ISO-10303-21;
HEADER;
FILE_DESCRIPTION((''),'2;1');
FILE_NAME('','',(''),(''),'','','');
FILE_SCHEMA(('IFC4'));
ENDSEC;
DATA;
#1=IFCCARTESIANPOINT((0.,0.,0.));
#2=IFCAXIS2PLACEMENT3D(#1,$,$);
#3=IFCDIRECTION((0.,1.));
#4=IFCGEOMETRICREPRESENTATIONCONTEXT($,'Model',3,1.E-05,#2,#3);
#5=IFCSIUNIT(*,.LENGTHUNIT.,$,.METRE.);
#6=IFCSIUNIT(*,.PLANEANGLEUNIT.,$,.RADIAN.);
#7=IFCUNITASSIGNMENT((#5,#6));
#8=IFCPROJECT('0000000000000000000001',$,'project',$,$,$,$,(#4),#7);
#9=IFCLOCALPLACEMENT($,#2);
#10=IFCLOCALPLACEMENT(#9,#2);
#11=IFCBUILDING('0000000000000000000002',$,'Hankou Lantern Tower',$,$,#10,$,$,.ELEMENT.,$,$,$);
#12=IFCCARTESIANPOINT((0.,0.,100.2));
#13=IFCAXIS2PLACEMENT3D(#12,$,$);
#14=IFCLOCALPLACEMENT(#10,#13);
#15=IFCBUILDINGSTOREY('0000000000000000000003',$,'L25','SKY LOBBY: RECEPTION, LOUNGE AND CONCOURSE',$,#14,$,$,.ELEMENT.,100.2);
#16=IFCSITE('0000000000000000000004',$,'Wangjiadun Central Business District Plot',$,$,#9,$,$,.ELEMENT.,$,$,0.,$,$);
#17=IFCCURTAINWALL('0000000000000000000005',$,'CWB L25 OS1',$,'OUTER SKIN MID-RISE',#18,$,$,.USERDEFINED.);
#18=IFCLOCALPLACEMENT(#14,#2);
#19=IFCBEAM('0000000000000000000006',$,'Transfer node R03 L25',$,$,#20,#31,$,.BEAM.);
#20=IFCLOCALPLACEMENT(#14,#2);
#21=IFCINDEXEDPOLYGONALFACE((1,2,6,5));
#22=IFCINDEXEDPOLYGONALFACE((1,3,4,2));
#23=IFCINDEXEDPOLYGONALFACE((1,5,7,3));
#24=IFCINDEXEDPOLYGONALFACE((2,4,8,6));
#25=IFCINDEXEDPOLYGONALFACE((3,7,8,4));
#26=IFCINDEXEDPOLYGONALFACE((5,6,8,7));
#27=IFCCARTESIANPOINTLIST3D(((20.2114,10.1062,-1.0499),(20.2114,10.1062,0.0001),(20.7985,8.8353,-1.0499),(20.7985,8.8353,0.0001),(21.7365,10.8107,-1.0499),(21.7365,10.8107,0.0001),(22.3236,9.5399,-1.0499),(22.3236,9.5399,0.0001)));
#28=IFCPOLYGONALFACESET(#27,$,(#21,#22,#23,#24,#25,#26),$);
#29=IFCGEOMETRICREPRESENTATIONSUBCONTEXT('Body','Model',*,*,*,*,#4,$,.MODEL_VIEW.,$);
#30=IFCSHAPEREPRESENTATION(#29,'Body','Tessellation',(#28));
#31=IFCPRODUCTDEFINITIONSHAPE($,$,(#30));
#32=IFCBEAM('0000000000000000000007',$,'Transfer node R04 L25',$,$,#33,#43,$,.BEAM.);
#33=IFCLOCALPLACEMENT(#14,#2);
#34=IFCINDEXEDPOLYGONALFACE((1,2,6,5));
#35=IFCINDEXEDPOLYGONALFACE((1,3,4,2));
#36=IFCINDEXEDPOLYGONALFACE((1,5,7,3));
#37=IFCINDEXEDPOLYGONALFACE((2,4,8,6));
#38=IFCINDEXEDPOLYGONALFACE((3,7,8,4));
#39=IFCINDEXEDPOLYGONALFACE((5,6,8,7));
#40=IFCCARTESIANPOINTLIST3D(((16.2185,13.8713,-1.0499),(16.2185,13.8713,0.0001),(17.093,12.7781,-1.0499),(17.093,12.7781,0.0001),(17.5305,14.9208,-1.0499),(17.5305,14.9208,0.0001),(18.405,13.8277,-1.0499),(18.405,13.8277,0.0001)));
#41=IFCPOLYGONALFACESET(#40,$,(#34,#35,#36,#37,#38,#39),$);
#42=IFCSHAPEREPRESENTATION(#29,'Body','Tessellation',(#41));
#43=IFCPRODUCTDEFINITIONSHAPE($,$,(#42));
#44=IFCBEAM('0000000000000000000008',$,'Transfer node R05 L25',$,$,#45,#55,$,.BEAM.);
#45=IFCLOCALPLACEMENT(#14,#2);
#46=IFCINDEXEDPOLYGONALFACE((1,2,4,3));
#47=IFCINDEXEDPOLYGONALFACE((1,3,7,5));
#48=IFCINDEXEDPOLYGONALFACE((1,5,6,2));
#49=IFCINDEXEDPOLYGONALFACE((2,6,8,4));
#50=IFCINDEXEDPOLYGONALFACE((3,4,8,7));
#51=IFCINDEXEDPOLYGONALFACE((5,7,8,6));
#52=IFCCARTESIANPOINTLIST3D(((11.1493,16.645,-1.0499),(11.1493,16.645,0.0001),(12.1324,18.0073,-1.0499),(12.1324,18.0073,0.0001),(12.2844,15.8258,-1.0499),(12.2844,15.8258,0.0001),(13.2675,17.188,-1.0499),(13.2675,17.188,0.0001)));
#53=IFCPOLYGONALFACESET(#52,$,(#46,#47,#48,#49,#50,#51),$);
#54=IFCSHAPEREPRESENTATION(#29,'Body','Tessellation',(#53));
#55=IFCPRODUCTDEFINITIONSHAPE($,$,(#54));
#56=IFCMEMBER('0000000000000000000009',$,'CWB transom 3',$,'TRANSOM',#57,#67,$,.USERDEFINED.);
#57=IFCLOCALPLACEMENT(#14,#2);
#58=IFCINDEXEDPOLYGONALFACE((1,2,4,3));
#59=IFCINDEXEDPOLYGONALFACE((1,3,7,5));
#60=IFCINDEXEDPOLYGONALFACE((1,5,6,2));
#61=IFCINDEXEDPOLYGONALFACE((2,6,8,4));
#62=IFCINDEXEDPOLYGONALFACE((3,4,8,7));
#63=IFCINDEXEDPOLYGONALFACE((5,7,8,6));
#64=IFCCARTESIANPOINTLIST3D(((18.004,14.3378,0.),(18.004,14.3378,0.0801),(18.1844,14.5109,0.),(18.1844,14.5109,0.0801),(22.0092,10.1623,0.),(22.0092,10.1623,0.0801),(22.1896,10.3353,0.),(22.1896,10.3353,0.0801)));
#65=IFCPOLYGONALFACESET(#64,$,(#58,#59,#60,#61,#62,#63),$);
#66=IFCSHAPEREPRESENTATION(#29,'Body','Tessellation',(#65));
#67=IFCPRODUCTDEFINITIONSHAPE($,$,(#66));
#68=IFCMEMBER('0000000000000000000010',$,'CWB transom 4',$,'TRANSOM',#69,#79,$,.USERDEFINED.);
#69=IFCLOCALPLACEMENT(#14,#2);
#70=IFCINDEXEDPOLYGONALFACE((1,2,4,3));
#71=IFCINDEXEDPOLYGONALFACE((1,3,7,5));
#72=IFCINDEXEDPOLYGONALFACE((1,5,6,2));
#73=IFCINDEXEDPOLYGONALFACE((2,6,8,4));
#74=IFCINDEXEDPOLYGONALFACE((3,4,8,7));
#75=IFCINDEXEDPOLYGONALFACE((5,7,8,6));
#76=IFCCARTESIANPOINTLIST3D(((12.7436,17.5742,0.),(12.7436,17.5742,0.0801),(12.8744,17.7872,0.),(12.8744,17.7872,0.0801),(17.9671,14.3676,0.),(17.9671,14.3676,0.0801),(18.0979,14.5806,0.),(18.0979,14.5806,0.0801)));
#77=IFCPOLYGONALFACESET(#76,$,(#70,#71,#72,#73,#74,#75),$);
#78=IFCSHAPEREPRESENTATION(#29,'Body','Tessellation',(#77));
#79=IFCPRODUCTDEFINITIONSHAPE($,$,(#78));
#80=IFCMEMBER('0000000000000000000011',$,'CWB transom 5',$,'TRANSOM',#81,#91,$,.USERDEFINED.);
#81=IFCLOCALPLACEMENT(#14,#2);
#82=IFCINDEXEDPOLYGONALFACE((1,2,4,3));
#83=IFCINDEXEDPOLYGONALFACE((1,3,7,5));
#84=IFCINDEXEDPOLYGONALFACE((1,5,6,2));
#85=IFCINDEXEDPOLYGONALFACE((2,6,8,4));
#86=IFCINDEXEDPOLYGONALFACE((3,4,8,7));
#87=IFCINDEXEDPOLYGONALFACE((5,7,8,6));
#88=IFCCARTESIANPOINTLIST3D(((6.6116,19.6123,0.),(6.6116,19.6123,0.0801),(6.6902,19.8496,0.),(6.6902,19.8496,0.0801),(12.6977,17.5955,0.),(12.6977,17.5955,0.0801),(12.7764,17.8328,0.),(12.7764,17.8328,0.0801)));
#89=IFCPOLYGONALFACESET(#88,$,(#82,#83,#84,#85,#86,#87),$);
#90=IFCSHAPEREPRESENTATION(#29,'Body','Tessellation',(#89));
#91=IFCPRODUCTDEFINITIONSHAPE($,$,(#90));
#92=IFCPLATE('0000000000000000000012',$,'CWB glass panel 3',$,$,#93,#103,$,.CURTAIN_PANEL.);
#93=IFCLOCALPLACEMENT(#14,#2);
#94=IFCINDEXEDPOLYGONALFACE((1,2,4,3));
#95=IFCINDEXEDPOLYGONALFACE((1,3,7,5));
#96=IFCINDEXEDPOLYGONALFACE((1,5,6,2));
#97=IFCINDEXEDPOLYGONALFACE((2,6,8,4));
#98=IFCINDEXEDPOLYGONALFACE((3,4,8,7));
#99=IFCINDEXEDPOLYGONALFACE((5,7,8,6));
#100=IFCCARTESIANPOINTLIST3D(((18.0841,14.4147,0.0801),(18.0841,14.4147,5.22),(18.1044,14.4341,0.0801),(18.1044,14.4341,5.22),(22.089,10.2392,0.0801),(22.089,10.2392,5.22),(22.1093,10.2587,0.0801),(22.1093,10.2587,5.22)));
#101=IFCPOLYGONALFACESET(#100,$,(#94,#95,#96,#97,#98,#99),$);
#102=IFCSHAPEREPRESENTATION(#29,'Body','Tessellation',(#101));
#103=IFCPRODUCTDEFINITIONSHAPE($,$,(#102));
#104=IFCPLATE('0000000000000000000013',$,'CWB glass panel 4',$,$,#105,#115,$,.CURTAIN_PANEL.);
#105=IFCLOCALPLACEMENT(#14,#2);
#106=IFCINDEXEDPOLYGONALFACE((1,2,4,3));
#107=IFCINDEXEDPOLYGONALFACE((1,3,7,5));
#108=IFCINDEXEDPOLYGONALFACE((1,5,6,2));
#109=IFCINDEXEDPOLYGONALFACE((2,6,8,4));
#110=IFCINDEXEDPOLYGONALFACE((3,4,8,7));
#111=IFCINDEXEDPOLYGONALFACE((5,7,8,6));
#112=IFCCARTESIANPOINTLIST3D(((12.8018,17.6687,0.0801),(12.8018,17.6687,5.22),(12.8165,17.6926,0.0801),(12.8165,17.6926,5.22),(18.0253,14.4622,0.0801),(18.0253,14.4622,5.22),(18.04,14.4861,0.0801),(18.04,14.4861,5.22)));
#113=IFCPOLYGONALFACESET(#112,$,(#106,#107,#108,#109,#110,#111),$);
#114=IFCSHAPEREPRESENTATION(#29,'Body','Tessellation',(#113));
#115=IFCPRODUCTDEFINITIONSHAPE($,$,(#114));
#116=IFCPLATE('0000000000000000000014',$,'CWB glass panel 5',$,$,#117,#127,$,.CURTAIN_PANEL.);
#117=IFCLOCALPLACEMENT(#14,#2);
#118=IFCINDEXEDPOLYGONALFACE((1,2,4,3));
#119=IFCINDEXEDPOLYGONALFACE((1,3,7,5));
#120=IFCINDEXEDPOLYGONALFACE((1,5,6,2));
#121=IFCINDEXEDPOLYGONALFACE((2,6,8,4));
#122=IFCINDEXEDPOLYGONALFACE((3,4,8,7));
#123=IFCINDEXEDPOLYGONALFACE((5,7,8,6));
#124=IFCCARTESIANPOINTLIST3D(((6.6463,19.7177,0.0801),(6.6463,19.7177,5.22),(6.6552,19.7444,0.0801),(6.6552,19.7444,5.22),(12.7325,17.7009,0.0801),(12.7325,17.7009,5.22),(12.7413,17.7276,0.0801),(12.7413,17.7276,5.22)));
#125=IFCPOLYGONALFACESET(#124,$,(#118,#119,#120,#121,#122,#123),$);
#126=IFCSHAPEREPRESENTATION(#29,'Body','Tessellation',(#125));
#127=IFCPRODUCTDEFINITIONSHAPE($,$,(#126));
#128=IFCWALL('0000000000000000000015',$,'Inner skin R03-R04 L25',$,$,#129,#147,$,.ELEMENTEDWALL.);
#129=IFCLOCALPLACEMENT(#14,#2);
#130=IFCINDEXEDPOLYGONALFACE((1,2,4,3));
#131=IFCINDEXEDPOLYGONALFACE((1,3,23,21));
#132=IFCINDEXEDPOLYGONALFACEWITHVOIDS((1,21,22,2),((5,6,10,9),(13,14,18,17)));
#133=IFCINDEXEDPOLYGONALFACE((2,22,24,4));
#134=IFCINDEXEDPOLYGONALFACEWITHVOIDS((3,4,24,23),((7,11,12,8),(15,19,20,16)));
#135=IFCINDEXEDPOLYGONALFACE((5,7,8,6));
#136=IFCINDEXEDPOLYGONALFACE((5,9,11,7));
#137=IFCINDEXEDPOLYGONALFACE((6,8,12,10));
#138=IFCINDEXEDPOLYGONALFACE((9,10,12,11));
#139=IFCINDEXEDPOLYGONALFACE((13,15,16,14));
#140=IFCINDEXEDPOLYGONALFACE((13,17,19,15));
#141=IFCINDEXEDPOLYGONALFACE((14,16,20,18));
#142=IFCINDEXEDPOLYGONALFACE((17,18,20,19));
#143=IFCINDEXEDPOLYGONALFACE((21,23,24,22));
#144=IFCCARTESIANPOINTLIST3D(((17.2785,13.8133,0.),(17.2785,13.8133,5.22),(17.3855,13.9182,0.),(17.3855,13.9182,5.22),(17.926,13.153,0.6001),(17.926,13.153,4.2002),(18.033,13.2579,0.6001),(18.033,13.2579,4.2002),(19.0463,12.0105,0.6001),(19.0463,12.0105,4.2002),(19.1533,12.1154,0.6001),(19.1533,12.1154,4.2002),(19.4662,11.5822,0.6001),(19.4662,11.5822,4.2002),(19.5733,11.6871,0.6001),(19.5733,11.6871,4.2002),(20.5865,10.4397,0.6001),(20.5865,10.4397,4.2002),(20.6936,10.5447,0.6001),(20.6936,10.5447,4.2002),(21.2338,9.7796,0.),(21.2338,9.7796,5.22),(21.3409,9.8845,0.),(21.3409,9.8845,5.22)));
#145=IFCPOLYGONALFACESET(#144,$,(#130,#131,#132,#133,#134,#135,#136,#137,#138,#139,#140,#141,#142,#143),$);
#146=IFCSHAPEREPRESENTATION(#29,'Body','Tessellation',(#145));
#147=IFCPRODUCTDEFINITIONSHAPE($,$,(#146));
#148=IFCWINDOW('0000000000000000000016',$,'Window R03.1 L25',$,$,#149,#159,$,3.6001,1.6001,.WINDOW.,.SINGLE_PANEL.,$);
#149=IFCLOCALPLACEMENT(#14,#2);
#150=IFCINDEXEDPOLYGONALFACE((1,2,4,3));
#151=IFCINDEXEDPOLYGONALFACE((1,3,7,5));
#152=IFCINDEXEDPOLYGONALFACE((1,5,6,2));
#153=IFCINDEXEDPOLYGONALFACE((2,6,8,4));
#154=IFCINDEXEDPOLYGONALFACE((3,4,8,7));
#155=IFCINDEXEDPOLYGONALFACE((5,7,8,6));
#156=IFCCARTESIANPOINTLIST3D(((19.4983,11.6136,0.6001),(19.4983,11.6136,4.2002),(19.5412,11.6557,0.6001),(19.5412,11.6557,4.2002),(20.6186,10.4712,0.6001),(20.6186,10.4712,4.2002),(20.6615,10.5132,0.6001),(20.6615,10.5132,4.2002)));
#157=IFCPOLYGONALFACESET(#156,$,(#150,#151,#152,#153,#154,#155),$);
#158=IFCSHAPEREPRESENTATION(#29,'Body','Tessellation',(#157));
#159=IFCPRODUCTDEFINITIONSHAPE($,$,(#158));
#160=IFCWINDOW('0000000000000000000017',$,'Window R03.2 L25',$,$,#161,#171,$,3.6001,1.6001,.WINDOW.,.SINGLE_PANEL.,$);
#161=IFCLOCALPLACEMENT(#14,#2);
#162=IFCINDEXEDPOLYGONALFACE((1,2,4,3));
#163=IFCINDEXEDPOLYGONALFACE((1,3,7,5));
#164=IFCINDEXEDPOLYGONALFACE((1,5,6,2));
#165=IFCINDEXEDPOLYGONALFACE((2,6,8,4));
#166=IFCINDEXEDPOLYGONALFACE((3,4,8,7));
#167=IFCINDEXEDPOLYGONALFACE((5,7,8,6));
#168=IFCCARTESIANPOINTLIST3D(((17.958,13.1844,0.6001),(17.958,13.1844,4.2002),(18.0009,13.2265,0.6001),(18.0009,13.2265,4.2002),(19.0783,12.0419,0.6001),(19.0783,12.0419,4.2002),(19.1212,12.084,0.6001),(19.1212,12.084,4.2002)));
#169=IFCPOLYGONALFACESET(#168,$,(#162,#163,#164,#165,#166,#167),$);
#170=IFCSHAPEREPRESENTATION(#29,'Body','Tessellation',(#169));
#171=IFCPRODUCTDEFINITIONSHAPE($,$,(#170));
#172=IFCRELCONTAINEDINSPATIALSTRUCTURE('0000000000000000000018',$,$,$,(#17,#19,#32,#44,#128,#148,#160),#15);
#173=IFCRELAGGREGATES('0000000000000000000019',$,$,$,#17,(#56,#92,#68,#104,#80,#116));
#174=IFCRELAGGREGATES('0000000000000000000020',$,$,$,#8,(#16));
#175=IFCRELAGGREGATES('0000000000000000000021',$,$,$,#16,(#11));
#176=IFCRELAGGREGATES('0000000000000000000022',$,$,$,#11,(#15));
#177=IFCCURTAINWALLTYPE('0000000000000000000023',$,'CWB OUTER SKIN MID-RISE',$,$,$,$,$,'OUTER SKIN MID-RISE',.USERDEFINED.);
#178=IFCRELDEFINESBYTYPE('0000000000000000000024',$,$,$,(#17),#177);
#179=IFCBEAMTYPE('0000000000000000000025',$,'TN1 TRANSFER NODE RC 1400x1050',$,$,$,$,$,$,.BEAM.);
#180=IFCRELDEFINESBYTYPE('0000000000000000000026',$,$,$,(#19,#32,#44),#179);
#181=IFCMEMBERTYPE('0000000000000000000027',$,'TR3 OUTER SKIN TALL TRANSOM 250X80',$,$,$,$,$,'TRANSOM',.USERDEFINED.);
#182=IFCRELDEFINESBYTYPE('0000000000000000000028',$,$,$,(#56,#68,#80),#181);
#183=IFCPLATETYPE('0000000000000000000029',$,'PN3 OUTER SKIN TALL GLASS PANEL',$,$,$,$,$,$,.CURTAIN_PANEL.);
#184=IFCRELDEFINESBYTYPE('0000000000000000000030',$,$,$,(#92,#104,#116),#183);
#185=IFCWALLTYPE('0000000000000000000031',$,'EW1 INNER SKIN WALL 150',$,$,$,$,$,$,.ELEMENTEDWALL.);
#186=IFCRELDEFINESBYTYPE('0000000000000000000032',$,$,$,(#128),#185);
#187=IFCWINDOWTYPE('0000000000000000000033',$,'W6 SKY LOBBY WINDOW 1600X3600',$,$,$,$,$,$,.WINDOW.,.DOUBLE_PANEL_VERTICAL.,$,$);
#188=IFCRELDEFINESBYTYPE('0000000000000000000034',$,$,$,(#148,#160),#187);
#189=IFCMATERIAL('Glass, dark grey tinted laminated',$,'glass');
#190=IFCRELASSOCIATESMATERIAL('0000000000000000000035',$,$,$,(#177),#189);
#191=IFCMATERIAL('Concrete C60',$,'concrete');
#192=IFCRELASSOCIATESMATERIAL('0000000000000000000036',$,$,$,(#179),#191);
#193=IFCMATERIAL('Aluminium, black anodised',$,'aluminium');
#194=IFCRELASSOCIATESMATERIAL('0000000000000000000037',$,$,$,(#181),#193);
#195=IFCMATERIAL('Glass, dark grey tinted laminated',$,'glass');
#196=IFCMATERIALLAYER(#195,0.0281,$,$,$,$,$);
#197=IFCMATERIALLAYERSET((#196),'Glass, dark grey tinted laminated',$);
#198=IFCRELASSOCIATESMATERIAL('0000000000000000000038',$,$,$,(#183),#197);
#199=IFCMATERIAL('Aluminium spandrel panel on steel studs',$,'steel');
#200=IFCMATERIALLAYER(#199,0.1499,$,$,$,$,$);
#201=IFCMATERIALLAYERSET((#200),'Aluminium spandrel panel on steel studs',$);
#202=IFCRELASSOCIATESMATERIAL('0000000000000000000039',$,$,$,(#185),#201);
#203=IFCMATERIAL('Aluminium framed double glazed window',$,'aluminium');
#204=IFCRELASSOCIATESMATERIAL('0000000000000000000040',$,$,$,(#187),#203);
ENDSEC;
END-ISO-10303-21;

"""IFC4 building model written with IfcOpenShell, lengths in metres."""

from ifc_helpers import new_model, si_unit, direction, frame, frame_2d, origin, origin_2d, place, context, subcontext, project, spatial, rectangle, extrude, material, layer, layer_set, material_profile, profile_set, type_object, element, fill, aggregate, save


model = new_model("IFC4")

# Units and contexts
model_context = context("Model", 3, precision=1e-05, world=origin(), true_north=direction((0.0, 1.0)))
body_context = subcontext(model_context, "Body", "Model", "MODEL_VIEW")
ifc_project = project(units=[si_unit("LENGTHUNIT", "METRE"), si_unit("PLANEANGLEUNIT", "RADIAN")], contexts=[model_context])

# Site, building, storey
site_placement = place(None, origin())
site = spatial("IfcSite", under=ifc_project, at=site_placement, Name="Wangjiadun Central Business District Plot", CompositionType="ELEMENT", RefElevation=0.0)
building_placement = place(site_placement, origin())
building = spatial("IfcBuilding", under=site, at=building_placement, Name="Hankou Lantern Tower", CompositionType="ELEMENT")
storey_placement = place(building_placement, frame((0.0, 0.0, 100.2)))
storey = spatial("IfcBuildingStorey", under=building, at=storey_placement, Name="L25", Description="SKY LOBBY: RECEPTION, LOUNGE AND CONCOURSE", CompositionType="ELEMENT", Elevation=100.2)

# Curtain wall
ifc_material_1 = material(Name="Glass, dark grey tinted laminated", Category="glass")
curtain_wall_type = type_object("IfcCurtainWallType", Name="CWB OUTER SKIN MID-RISE", ElementType="OUTER SKIN MID-RISE", PredefinedType="USERDEFINED", material=ifc_material_1)
curtain_wall_placement = place(storey_placement, origin())
curtain_wall = element("IfcCurtainWall", 1, at=curtain_wall_placement, inside=storey, type_object=curtain_wall_type, Name="CWB L25 OS1", ObjectType="OUTER SKIN MID-RISE", PredefinedType="USERDEFINED")

# Beams
ifc_material_2 = material(Name="Concrete C60", Category="concrete")
ifc_material_profile_1 = material_profile(ifc_material_2, rectangle(XDim=1.3999, YDim=1.05, at=origin_2d()), Name="RC 1400x1050")
ifc_profile_set_1 = profile_set([ifc_material_profile_1], Name="Concrete C60")
beam_type_1 = type_object("IfcBeamType", Name="TN1 TRANSFER NODE RC 1400x1050", PredefinedType="BEAM", material=ifc_profile_set_1)
beam_1_placement = place(storey_placement, frame((22.03, 10.1753, -0.5249), z_axis=(-0.907806, -0.41939, 0.0), x_axis=(0.41939, -0.907806, 0.0)))
element("IfcBeam", 2, at=beam_1_placement, inside=storey, type_object=beam_type_1, Name="Transfer node R03 L25", PredefinedType="BEAM", context=body_context, shape_type="SweptSolid", body=[
    extrude(rectangle(XDim=1.3999, YDim=1.05, at=origin_2d()), origin(), (0.0, 0.0, 1.0), 1.6799),
])
beam_2_placement = place(storey_placement, frame((17.9678, 14.3743, -0.5249), z_axis=(-0.780883, -0.624677, 0.0), x_axis=(0.624677, -0.780883, 0.0)))
element("IfcBeam", 3, at=beam_2_placement, inside=storey, type_object=beam_type_1, Name="Transfer node R04 L25", PredefinedType="BEAM", context=body_context, shape_type="SweptSolid", body=[
    extrude(rectangle(XDim=1.3999, YDim=1.05, at=origin_2d()), origin(), (0.0, 0.0, 1.0), 1.6802),
])
beam_3_placement = place(storey_placement, frame((12.7, 17.5977, -0.5249), z_axis=(-0.585204, -0.810886, 0.0), x_axis=(0.810886, -0.585204, 0.0)))
element("IfcBeam", 4, at=beam_3_placement, inside=storey, type_object=beam_type_1, Name="Transfer node R05 L25", PredefinedType="BEAM", context=body_context, shape_type="SweptSolid", body=[
    extrude(rectangle(XDim=1.3999, YDim=1.05, at=origin_2d()), origin(), (0.0, 0.0, 1.0), 1.6799),
])

# Members
ifc_material_3 = material(Name="Aluminium, black anodised", Category="aluminium")
ifc_material_profile_2 = material_profile(ifc_material_3, rectangle(XDim=0.25, YDim=0.0801, at=origin_2d()), Name="TR3 250X80")
ifc_profile_set_2 = profile_set([ifc_material_profile_2], Name="Aluminium, black anodised")
member_type_1 = type_object("IfcMemberType", Name="TR3 OUTER SKIN TALL TRANSOM 250X80", ElementType="TRANSOM", PredefinedType="USERDEFINED", material=ifc_profile_set_2)
member_1_placement = place(storey_placement, frame((22.0994, 10.2488, 0.04), z_axis=(-0.692227, 0.72168, 0.0), x_axis=(-0.72168, -0.692227, 0.0)))
member_1 = element("IfcMember", 5, at=member_1_placement, type_object=member_type_1, Name="CWB transom 3", ObjectType="TRANSOM", PredefinedType="USERDEFINED", context=body_context, shape_type="SweptSolid", body=[
    extrude(rectangle(XDim=0.25, YDim=0.0801, at=origin_2d()), origin(), (0.0, 0.0, 1.0), 5.7859),
])
member_2_placement = place(storey_placement, frame((18.0325, 14.4741, 0.04), z_axis=(-0.852229, 0.523168, 0.0), x_axis=(-0.523168, -0.852229, 0.0)))
member_2 = element("IfcMember", 6, at=member_2_placement, type_object=member_type_1, Name="CWB transom 4", ObjectType="TRANSOM", PredefinedType="USERDEFINED", context=body_context, shape_type="SweptSolid", body=[
    extrude(rectangle(XDim=0.25, YDim=0.0801, at=origin_2d()), origin(), (0.0, 0.0, 1.0), 6.1292),
])
member_3_placement = place(storey_placement, frame((12.7371, 17.7141, 0.04), z_axis=(-0.949238, 0.314559, 0.0), x_axis=(-0.314559, -0.949238, 0.0)))
member_3 = element("IfcMember", 7, at=member_3_placement, type_object=member_type_1, Name="CWB transom 5", ObjectType="TRANSOM", PredefinedType="USERDEFINED", context=body_context, shape_type="SweptSolid", body=[
    extrude(rectangle(XDim=0.25, YDim=0.0801, at=origin_2d()), origin(), (0.0, 0.0, 1.0), 6.4116),
])

# Plates
ifc_material_4 = material(Name="Glass, dark grey tinted laminated", Category="glass")
ifc_layer_1 = layer(ifc_material_4, 0.0281)
ifc_layer_set_1 = layer_set([ifc_layer_1], Name="Glass, dark grey tinted laminated")
plate_type = type_object("IfcPlateType", Name="PN3 OUTER SKIN TALL GLASS PANEL", PredefinedType="CURTAIN_PANEL", material=ifc_layer_set_1)
plate_1_placement = place(storey_placement, frame((20.0967, 12.3367, 0.0801), z_axis=(0.0, 0.0, 1.0), x_axis=(-0.692216, 0.721691, 0.0)))
plate_1 = element("IfcPlate", 8, at=plate_1_placement, type_object=plate_type, Name="CWB glass panel 3", PredefinedType="CURTAIN_PANEL", context=body_context, shape_type="SweptSolid", body=[
    extrude(rectangle(XDim=5.7856, YDim=0.0281, at=origin_2d()), origin(), (0.0, 0.0, 1.0), 5.1399),
])
plate_2_placement = place(storey_placement, frame((15.4209, 16.0774, 0.0801), z_axis=(0.0, 0.0, 1.0), x_axis=(-0.852237, 0.523156, 0.0)))
plate_2 = element("IfcPlate", 9, at=plate_2_placement, type_object=plate_type, Name="CWB glass panel 4", PredefinedType="CURTAIN_PANEL", context=body_context, shape_type="SweptSolid", body=[
    extrude(rectangle(XDim=6.1292, YDim=0.0281, at=origin_2d()), origin(), (0.0, 0.0, 1.0), 5.1399),
])
plate_3_placement = place(storey_placement, frame((9.6938, 18.7227, 0.0801), z_axis=(0.0, 0.0, 1.0), x_axis=(-0.949241, 0.314551, 0.0)))
plate_3 = element("IfcPlate", 10, at=plate_3_placement, type_object=plate_type, Name="CWB glass panel 5", PredefinedType="CURTAIN_PANEL", context=body_context, shape_type="SweptSolid", body=[
    extrude(rectangle(XDim=6.4116, YDim=0.0281, at=origin_2d()), origin(), (0.0, 0.0, 1.0), 5.1399),
])
aggregate(curtain_wall, [member_1, plate_1, member_2, plate_2, member_3, plate_3])

# Wall, openings, windows
ifc_material_5 = material(Name="Aluminium spandrel panel on steel studs", Category="steel")
ifc_layer_2 = layer(ifc_material_5, 0.1499)
ifc_layer_set_2 = layer_set([ifc_layer_2], Name="Aluminium spandrel panel on steel studs")
wall_type_1 = type_object("IfcWallType", Name="EW1 INNER SKIN WALL 150", PredefinedType="ELEMENTEDWALL", material=ifc_layer_set_2)
wall_1_placement = place(storey_placement, frame((21.2874, 9.832, 0.0), z_axis=(0.0, 0.0, 1.0), x_axis=(-0.700137, 0.714009, 0.0)))
wall_1 = element("IfcWall", 11, at=wall_1_placement, inside=storey, type_object=wall_type_1, Name="Inner skin R03-R04 L25", PredefinedType="ELEMENTEDWALL", context=body_context, shape_type="SweptSolid", body=[
    extrude(rectangle(XDim=5.6494, YDim=0.1499, at=frame_2d((2.8247, 0.0))), origin(), (0.0, 0.0, 1.0), 5.22),
])
opening_1_placement = place(wall_1_placement, frame((0.9246, 0.0, 0.6001)))
opening_1 = element("IfcOpeningElement", 12, at=opening_1_placement, cuts=wall_1, PredefinedType="OPENING", context=body_context, shape_type="SweptSolid", body=[
    extrude(rectangle(XDim=1.6001, YDim=3.6001, at=frame_2d((0.8, 1.8))), frame((0.0, 0.085, 0.0), z_axis=(0.0, -1.0, 0.0), x_axis=(1.0, 0.0, 0.0)), (0.0, 0.0, 1.0), 0.1699),
])
opening_2_placement = place(wall_1_placement, frame((3.1245, 0.0, 0.6001)))
opening_2 = element("IfcOpeningElement", 13, at=opening_2_placement, cuts=wall_1, PredefinedType="OPENING", context=body_context, shape_type="SweptSolid", body=[
    extrude(rectangle(XDim=1.6001, YDim=3.6001, at=frame_2d((0.8, 1.8))), frame((0.0, 0.085, 0.0), z_axis=(0.0, -1.0, 0.0), x_axis=(1.0, 0.0, 0.0)), (0.0, 0.0, 1.0), 0.1699),
])
ifc_material_6 = material(Name="Aluminium framed double glazed window", Category="aluminium")
window_type = type_object("IfcWindowType", Name="W6 SKY LOBBY WINDOW 1600X3600", PartitioningType="DOUBLE_PANEL_VERTICAL", PredefinedType="WINDOW", material=ifc_material_6)
window_1_placement = place(opening_1_placement, origin())
window_1 = element("IfcWindow", 14, at=window_1_placement, inside=storey, type_object=window_type, Name="Window R03.1 L25", OverallHeight=3.6001, OverallWidth=1.6001, PartitioningType="SINGLE_PANEL", PredefinedType="WINDOW", context=body_context, shape_type="SweptSolid", body=[
    extrude(rectangle(XDim=1.6001, YDim=3.6001, at=frame_2d((0.8, 1.8))), frame((0.0, 0.03, 0.0), z_axis=(0.0, -1.0, 0.0), x_axis=(1.0, 0.0, 0.0)), (0.0, 0.0, 1.0), 0.0601),
])
fill(opening_1, window_1)
window_2_placement = place(opening_2_placement, origin())
window_2 = element("IfcWindow", 15, at=window_2_placement, inside=storey, type_object=window_type, Name="Window R03.2 L25", OverallHeight=3.6001, OverallWidth=1.6001, PartitioningType="SINGLE_PANEL", PredefinedType="WINDOW", context=body_context, shape_type="SweptSolid", body=[
    extrude(rectangle(XDim=1.6001, YDim=3.6001, at=frame_2d((0.8, 1.8))), frame((0.0, 0.03, 0.0), z_axis=(0.0, -1.0, 0.0), x_axis=(1.0, 0.0, 0.0)), (0.0, 0.0, 1.0), 0.0601),
])
fill(opening_2, window_2)

save(model, "model.ifc")
